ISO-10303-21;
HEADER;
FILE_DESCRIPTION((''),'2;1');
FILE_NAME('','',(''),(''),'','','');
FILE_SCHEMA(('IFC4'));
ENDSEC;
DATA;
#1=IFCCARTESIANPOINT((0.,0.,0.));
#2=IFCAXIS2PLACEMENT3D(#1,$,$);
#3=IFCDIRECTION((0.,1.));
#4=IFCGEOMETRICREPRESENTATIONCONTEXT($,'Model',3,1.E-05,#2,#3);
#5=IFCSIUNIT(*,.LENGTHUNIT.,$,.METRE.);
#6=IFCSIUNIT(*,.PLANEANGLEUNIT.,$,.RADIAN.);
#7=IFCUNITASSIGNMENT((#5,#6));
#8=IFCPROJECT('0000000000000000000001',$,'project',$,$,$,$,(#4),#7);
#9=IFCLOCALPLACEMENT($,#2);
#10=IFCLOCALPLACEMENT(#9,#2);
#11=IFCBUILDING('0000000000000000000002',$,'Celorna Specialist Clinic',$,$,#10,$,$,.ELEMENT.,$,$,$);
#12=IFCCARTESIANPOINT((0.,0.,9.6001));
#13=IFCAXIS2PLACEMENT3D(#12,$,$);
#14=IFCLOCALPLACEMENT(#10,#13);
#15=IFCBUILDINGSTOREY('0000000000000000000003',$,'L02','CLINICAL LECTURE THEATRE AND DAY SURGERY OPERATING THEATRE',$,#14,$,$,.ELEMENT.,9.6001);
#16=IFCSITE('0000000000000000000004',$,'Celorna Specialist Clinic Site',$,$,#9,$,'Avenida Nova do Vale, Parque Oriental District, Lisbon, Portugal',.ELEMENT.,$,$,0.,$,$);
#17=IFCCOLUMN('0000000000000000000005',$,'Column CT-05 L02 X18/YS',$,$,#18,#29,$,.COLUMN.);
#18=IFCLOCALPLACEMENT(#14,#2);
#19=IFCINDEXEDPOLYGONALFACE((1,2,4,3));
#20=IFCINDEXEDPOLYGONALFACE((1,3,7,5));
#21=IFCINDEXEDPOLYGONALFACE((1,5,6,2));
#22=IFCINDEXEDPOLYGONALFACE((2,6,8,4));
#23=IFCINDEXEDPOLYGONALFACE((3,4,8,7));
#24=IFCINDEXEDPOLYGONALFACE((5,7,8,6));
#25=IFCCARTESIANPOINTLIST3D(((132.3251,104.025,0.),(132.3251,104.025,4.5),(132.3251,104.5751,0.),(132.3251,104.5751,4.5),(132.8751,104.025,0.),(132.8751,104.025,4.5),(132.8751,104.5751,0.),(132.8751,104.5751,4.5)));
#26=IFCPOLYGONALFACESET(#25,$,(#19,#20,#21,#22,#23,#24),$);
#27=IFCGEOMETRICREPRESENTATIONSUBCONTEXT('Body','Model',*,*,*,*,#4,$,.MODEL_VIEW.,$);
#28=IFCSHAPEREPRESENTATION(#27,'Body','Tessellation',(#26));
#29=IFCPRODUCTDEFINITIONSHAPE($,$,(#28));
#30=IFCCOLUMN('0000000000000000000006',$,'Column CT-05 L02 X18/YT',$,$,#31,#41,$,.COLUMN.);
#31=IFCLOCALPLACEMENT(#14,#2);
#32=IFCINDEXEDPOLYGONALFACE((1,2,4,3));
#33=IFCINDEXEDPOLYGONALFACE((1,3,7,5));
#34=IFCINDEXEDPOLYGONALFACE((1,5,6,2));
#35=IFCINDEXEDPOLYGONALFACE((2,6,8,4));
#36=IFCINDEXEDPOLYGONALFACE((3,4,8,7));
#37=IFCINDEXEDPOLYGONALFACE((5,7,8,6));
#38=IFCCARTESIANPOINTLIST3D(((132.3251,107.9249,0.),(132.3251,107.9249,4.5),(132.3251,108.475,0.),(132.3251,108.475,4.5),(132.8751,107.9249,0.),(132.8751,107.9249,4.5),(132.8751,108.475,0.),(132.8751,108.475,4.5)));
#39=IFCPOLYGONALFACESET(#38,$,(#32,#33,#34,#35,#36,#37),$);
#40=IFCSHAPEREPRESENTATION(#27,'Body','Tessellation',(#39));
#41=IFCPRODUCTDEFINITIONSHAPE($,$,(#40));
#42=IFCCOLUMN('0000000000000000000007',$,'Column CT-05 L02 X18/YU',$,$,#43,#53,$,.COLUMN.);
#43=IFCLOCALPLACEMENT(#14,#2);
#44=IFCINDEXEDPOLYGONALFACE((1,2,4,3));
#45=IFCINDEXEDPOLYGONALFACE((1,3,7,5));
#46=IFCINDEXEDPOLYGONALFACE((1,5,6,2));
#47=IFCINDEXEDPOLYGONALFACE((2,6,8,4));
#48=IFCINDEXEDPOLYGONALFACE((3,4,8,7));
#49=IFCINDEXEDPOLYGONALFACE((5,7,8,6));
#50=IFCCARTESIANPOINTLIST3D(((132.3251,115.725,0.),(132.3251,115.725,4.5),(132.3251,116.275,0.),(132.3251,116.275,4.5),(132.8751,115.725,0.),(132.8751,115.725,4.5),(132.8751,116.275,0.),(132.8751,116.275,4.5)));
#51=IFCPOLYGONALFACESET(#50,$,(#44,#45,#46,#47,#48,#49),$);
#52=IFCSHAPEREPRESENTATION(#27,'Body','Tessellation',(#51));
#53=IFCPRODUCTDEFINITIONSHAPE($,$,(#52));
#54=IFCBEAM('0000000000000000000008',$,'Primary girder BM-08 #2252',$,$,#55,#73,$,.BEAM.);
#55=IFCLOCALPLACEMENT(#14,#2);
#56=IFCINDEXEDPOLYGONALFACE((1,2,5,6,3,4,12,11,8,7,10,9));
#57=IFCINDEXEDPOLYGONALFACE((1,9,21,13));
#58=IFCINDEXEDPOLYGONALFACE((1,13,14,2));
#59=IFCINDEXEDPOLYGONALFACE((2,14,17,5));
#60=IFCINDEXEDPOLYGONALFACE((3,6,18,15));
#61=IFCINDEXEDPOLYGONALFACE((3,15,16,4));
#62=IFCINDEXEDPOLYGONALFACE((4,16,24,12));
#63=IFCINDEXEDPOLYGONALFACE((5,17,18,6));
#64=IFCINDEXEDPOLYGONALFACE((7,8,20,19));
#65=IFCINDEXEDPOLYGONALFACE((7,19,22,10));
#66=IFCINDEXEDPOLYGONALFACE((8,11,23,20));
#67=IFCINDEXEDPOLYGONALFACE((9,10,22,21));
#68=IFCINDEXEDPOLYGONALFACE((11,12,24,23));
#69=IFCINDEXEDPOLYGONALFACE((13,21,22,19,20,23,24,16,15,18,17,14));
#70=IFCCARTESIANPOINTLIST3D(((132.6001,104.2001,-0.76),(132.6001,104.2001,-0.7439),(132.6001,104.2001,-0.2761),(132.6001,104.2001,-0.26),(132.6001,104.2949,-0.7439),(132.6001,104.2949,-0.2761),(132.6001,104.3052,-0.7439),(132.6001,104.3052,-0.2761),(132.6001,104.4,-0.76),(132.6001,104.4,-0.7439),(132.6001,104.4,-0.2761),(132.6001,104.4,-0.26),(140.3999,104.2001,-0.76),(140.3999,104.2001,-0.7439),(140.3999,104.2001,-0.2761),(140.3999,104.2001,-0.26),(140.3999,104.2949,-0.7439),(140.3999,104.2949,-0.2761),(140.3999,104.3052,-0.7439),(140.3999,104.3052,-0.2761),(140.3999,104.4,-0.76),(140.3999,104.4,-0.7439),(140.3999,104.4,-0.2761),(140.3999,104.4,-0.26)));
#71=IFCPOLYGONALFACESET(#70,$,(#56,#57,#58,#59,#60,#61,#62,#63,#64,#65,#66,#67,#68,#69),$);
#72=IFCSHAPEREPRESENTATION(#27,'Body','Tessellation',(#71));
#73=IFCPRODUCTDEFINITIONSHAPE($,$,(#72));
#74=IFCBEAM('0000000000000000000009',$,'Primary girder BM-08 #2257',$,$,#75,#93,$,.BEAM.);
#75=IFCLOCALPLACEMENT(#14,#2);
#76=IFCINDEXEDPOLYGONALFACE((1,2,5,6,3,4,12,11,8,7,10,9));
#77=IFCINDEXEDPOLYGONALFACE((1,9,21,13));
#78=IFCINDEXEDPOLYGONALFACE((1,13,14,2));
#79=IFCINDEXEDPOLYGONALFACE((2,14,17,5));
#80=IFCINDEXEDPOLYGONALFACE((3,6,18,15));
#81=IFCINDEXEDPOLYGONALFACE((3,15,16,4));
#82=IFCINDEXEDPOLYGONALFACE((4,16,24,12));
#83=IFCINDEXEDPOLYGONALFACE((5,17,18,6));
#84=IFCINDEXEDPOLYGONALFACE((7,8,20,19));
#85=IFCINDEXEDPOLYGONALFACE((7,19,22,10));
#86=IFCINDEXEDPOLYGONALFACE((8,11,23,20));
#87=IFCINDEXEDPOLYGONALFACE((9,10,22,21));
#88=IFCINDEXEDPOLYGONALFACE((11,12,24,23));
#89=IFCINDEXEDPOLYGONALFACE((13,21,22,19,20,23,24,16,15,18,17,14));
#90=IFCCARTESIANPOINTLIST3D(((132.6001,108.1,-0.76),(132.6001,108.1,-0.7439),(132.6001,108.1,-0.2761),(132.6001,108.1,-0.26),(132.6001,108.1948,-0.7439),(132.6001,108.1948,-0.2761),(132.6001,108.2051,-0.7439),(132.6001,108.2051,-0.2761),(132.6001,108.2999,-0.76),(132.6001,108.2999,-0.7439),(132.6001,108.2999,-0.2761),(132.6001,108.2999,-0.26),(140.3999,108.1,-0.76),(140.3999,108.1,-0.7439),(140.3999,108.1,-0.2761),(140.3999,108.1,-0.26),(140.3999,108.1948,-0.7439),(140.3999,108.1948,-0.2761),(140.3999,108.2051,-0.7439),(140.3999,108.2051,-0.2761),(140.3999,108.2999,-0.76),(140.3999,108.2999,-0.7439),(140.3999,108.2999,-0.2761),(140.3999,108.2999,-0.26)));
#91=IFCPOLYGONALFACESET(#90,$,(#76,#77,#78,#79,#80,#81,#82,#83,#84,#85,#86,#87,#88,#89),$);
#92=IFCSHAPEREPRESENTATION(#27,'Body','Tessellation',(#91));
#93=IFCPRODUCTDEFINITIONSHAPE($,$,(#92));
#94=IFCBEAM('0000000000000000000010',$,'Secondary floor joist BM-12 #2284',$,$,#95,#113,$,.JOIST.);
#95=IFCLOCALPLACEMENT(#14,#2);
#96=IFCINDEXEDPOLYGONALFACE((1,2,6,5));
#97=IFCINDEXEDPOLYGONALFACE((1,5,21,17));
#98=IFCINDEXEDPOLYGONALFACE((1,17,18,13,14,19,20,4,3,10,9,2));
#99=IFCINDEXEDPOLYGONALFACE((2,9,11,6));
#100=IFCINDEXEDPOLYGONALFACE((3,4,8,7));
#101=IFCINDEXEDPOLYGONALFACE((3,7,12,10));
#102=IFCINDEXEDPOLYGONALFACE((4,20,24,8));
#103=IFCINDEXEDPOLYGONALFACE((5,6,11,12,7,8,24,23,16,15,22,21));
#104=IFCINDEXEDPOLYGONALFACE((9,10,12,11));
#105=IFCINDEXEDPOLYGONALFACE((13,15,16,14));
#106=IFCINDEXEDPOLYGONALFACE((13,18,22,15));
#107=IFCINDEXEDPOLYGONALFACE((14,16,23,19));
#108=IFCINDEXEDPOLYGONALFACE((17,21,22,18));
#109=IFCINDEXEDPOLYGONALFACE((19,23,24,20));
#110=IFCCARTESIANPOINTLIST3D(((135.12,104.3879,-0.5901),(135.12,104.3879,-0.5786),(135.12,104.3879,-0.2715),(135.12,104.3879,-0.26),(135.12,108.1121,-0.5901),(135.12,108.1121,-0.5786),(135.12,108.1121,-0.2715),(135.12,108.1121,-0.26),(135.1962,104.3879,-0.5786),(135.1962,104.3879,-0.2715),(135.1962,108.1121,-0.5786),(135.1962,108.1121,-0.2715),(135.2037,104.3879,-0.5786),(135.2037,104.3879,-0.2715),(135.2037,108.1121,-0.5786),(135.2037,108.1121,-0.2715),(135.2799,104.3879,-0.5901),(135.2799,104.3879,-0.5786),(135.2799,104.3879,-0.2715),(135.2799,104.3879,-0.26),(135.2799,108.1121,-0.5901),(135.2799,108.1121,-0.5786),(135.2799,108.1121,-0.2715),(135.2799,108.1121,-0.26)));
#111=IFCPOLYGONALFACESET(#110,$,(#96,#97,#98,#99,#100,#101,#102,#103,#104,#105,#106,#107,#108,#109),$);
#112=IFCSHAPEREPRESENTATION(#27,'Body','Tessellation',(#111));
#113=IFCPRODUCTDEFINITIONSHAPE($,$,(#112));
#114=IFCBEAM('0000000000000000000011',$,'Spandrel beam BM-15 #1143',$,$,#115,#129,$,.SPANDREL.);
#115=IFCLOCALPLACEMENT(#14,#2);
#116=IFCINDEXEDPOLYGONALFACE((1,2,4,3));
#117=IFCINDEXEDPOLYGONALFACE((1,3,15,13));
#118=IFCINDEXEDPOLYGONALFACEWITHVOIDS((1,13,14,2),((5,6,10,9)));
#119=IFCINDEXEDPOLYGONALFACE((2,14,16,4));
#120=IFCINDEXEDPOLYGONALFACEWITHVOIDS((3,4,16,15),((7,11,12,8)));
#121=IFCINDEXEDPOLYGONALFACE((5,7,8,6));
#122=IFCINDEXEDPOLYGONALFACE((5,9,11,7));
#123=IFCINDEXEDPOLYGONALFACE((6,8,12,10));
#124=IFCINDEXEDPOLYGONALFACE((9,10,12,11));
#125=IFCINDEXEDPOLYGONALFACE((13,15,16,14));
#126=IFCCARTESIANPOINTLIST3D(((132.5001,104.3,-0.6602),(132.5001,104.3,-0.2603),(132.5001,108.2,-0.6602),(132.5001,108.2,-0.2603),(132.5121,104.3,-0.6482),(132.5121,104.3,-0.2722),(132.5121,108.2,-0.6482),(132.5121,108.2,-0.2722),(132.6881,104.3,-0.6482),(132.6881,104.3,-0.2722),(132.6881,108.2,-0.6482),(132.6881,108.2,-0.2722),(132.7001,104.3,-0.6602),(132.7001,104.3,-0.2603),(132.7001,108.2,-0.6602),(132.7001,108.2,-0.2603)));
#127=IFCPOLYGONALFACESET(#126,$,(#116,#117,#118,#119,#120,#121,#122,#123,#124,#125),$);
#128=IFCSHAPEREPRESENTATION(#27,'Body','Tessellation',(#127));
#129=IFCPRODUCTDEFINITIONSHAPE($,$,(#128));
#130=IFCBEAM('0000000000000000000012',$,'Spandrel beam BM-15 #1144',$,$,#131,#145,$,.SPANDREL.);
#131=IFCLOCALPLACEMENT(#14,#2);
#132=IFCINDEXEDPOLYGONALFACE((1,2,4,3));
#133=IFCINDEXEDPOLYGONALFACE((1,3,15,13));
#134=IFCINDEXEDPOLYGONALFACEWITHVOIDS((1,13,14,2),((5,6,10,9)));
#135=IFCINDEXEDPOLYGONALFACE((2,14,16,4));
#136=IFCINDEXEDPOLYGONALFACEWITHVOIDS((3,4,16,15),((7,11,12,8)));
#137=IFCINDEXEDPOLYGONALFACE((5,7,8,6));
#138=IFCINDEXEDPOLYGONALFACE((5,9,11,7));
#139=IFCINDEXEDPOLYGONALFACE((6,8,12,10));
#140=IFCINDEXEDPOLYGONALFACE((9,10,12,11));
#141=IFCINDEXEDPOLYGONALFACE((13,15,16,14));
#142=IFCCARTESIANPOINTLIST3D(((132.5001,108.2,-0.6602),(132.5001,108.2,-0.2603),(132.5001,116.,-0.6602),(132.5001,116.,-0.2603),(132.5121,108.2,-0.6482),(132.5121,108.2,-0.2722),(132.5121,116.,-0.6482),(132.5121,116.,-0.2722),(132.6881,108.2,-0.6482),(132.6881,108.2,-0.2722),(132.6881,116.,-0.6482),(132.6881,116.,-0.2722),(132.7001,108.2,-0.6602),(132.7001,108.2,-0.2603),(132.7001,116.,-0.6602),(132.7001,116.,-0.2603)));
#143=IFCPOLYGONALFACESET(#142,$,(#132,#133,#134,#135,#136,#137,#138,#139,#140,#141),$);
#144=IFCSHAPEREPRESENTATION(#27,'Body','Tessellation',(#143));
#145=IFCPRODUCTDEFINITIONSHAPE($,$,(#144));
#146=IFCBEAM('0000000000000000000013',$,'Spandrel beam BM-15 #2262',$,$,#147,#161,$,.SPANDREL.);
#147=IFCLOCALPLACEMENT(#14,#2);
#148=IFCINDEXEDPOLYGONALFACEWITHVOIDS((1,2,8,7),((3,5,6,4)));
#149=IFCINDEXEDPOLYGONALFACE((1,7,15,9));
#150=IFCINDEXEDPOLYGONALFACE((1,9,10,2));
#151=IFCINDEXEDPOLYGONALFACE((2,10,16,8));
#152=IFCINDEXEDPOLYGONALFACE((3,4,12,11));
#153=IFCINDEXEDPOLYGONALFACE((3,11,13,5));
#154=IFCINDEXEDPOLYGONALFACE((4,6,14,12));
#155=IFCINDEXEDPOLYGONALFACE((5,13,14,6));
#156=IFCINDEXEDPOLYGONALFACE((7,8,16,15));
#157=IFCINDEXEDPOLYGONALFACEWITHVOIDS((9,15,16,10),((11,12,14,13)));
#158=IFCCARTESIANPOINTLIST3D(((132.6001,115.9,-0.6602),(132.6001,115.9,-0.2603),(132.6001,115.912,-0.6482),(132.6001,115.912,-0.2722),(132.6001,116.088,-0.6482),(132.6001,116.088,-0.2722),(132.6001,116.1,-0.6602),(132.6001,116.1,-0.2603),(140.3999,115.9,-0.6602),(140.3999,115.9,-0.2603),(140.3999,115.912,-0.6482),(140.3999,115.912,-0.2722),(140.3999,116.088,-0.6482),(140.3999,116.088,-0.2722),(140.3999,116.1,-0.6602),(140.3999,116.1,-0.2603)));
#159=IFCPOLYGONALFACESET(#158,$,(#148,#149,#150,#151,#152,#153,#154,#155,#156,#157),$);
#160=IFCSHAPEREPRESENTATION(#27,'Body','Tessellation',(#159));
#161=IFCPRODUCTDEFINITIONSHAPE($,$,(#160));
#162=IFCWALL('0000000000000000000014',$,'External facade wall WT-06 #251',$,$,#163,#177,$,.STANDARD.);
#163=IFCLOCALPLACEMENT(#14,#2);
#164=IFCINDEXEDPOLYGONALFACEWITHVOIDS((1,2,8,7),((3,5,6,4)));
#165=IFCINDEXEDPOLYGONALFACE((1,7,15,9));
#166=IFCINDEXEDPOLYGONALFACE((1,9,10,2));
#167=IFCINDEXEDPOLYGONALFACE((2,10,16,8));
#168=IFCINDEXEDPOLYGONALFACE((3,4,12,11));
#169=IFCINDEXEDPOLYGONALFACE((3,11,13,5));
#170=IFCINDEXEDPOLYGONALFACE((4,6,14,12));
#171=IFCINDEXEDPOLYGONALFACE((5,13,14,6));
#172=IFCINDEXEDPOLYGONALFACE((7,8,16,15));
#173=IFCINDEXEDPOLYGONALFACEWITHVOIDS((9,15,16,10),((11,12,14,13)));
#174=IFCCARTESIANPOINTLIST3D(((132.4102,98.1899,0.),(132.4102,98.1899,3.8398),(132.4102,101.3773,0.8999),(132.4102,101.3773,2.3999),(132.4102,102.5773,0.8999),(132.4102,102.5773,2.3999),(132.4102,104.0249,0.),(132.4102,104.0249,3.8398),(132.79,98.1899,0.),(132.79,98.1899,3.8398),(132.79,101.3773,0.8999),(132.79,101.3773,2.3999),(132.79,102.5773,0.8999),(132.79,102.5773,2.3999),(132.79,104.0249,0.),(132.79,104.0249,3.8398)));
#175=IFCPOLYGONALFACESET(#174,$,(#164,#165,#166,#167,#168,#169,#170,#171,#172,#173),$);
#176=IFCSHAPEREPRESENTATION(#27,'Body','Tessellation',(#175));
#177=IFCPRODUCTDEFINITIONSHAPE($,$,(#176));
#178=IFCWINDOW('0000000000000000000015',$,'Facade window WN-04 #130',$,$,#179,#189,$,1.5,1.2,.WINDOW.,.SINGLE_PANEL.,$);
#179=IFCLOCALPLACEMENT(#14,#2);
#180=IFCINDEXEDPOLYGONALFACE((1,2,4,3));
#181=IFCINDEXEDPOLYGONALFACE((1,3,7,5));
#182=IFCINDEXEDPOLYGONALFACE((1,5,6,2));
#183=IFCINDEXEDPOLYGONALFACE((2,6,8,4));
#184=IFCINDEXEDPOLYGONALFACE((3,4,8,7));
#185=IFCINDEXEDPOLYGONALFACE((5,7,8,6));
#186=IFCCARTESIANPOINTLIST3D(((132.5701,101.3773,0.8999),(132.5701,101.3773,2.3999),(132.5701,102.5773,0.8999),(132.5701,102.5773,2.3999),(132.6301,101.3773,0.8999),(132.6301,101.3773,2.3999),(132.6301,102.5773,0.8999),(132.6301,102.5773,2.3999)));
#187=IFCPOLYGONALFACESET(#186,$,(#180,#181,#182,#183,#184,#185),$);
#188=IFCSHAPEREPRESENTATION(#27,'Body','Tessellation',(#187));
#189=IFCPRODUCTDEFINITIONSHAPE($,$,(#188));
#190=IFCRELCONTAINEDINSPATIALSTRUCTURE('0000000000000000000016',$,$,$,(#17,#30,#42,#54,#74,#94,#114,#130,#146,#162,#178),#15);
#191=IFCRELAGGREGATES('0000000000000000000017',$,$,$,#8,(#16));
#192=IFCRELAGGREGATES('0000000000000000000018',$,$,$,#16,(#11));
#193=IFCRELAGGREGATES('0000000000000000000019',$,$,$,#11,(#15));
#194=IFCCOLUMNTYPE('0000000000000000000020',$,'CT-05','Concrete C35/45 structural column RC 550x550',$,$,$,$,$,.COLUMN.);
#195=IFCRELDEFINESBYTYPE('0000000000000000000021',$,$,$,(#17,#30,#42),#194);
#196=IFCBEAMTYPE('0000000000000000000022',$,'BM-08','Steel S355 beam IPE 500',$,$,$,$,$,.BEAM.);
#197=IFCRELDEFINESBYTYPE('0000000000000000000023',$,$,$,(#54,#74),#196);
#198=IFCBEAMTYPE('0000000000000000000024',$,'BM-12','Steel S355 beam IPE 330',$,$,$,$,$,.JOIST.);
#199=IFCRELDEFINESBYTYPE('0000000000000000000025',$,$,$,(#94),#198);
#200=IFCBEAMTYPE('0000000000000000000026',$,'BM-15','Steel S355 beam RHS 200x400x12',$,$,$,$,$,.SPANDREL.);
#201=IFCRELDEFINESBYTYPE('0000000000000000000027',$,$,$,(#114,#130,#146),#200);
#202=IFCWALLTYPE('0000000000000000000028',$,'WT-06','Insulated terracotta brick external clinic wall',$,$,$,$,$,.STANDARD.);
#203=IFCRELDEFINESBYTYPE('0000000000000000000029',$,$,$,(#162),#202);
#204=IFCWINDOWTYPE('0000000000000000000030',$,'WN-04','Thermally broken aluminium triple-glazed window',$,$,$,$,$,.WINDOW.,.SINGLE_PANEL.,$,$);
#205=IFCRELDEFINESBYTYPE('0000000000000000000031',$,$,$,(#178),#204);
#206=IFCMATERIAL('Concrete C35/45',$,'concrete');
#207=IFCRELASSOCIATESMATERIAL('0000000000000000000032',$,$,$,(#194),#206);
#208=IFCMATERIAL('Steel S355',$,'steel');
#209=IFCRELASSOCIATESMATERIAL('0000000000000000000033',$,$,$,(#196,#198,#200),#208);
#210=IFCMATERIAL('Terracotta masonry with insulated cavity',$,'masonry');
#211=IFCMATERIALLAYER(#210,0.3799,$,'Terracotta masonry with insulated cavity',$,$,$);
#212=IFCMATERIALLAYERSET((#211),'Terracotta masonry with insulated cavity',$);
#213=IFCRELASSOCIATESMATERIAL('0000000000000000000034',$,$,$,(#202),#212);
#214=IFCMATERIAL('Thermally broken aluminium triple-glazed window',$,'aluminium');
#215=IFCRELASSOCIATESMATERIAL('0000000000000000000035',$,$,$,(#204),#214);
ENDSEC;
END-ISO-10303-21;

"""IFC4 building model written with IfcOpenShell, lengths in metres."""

from ifc_helpers import new_model, si_unit, direction, frame, frame_2d, origin, origin_2d, place, context, subcontext, project, spatial, rectangle, hollow_rectangle, i_section, extrude, material, layer, layer_set, material_profile, profile_set, type_object, element, fill, save


model = new_model("IFC4")

# Units and contexts
model_context = context("Model", 3, precision=1e-05, world=origin(), true_north=direction((0.0, 1.0)))
body_context = subcontext(model_context, "Body", "Model", "MODEL_VIEW")
ifc_project = project(units=[si_unit("LENGTHUNIT", "METRE"), si_unit("PLANEANGLEUNIT", "RADIAN")], contexts=[model_context])

# Site, building, storey
site_placement = place(None, origin())
site = spatial("IfcSite", under=ifc_project, at=site_placement, Name="Celorna Specialist Clinic Site", LongName="Avenida Nova do Vale, Parque Oriental District, Lisbon, Portugal", CompositionType="ELEMENT", RefElevation=0.0)
building_placement = place(site_placement, origin())
building = spatial("IfcBuilding", under=site, at=building_placement, Name="Celorna Specialist Clinic", CompositionType="ELEMENT")
storey_placement = place(building_placement, frame((0.0, 0.0, 9.6001)))
storey = spatial("IfcBuildingStorey", under=building, at=storey_placement, Name="L02", Description="CLINICAL LECTURE THEATRE AND DAY SURGERY OPERATING THEATRE", CompositionType="ELEMENT", Elevation=9.6001)

# Columns
ifc_material_1 = material(Name="Concrete C35/45", Category="concrete")
ifc_material_profile_1 = material_profile(ifc_material_1, rectangle(XDim=0.55, YDim=0.55, at=origin_2d()), Name="RC 550x550")
ifc_profile_set_1 = profile_set([ifc_material_profile_1], Name="Concrete C35/45")
column_type = type_object("IfcColumnType", Name="CT-05", Description="Concrete C35/45 structural column RC 550x550", PredefinedType="COLUMN", material=ifc_profile_set_1)
for number, where, z_axis, x_axis, name in (
    (1, (132.6001, 104.3, 0.0), (0.0, 0.0, 1.0), (1.0, 0.0, 0.0), "Column CT-05 L02 X18/YS"),
    (2, (132.6001, 108.2, 0.0), (0.0, 0.0, 1.0), (1.0, 0.0, 0.0), "Column CT-05 L02 X18/YT"),
    (3, (132.6001, 116.0, 0.0), (0.0, 0.0, 1.0), (1.0, 0.0, 0.0), "Column CT-05 L02 X18/YU"),
):
    element("IfcColumn", number, at=place(storey_placement, frame(where, z_axis=z_axis, x_axis=x_axis)), inside=storey, type_object=column_type, Name=name, PredefinedType="COLUMN", context=body_context, shape_type="SweptSolid", body=[
        extrude(rectangle(XDim=0.55, YDim=0.55, at=origin_2d()), origin(), (0.0, 0.0, 1.0), 4.5),
    ])

# Beams
ifc_material_2 = material(Name="Steel S355", Category="steel")
ifc_material_profile_2 = material_profile(ifc_material_2, i_section(OverallWidth=0.2, OverallDepth=0.5, WebThickness=0.0103, FlangeThickness=0.0161, at=origin_2d()), Name="IPE 500")
ifc_profile_set_2 = profile_set([ifc_material_profile_2], Name="Steel S355")
beam_type_1 = type_object("IfcBeamType", Name="BM-08", Description="Steel S355 beam IPE 500", PredefinedType="BEAM", material=ifc_profile_set_2)
for number, where, z_axis, x_axis, name in (
    (4, (132.6001, 104.3, -0.51), (1.0, 0.0, 0.0), (0.0, 1.0, 0.0), "Primary girder BM-08 #2252"),
    (5, (132.6001, 108.2, -0.51), (1.0, 0.0, 0.0), (0.0, 1.0, 0.0), "Primary girder BM-08 #2257"),
):
    element("IfcBeam", number, at=place(storey_placement, frame(where, z_axis=z_axis, x_axis=x_axis)), inside=storey, type_object=beam_type_1, Name=name, PredefinedType="BEAM", context=body_context, shape_type="SweptSolid", body=[
        extrude(i_section(OverallWidth=0.2, OverallDepth=0.5, WebThickness=0.0103, FlangeThickness=0.0161, at=origin_2d()), origin(), (0.0, 0.0, 1.0), 7.7998),
    ])
ifc_material_profile_3 = material_profile(ifc_material_2, i_section(OverallWidth=0.1599, OverallDepth=0.3301, WebThickness=0.0076, FlangeThickness=0.0115, at=origin_2d()), Name="IPE 330")
ifc_profile_set_3 = profile_set([ifc_material_profile_3], Name="Steel S355")
beam_type_2 = type_object("IfcBeamType", Name="BM-12", Description="Steel S355 beam IPE 330", PredefinedType="JOIST", material=ifc_profile_set_3)
beam_1_placement = place(storey_placement, frame((135.2, 104.3879, -0.425), z_axis=(0.0, 1.0, 0.0), x_axis=(-1.0, 0.0, 0.0)))
element("IfcBeam", 6, at=beam_1_placement, inside=storey, type_object=beam_type_2, Name="Secondary floor joist BM-12 #2284", PredefinedType="JOIST", context=body_context, shape_type="SweptSolid", body=[
    extrude(i_section(OverallWidth=0.1599, OverallDepth=0.3301, WebThickness=0.0076, FlangeThickness=0.0115, at=origin_2d()), origin(), (0.0, 0.0, 1.0), 3.7241),
])
ifc_material_profile_4 = material_profile(ifc_material_2, hollow_rectangle(XDim=0.2, YDim=0.3999, WallThickness=0.012, at=origin_2d()), Name="RHS 200x400x12")
ifc_profile_set_4 = profile_set([ifc_material_profile_4], Name="Steel S355")
beam_type_3 = type_object("IfcBeamType", Name="BM-15", Description="Steel S355 beam RHS 200x400x12", PredefinedType="SPANDREL", material=ifc_profile_set_4)
beam_2_placement = place(storey_placement, frame((132.6001, 104.3, -0.4602), z_axis=(0.0, 1.0, 0.0), x_axis=(-1.0, 0.0, 0.0)))
element("IfcBeam", 7, at=beam_2_placement, inside=storey, type_object=beam_type_3, Name="Spandrel beam BM-15 #1143", PredefinedType="SPANDREL", context=body_context, shape_type="SweptSolid", body=[
    extrude(hollow_rectangle(XDim=0.2, YDim=0.3999, WallThickness=0.012, at=origin_2d()), origin(), (0.0, 0.0, 1.0), 3.8999),
])
beam_3_placement = place(storey_placement, frame((132.6001, 108.2, -0.4602), z_axis=(0.0, 1.0, 0.0), x_axis=(-1.0, 0.0, 0.0)))
element("IfcBeam", 8, at=beam_3_placement, inside=storey, type_object=beam_type_3, Name="Spandrel beam BM-15 #1144", PredefinedType="SPANDREL", context=body_context, shape_type="SweptSolid", body=[
    extrude(hollow_rectangle(XDim=0.2, YDim=0.3999, WallThickness=0.012, at=origin_2d()), origin(), (0.0, 0.0, 1.0), 7.8),
])
beam_4_placement = place(storey_placement, frame((132.6001, 116.0, -0.4602), z_axis=(1.0, 0.0, 0.0), x_axis=(0.0, 1.0, 0.0)))
element("IfcBeam", 9, at=beam_4_placement, inside=storey, type_object=beam_type_3, Name="Spandrel beam BM-15 #2262", PredefinedType="SPANDREL", context=body_context, shape_type="SweptSolid", body=[
    extrude(hollow_rectangle(XDim=0.2, YDim=0.3999, WallThickness=0.012, at=origin_2d()), origin(), (0.0, 0.0, 1.0), 7.7998),
])

# Wall, opening, window
ifc_material_3 = material(Name="Terracotta masonry with insulated cavity", Category="masonry")
ifc_layer_1 = layer(ifc_material_3, 0.3799, Name="Terracotta masonry with insulated cavity")
ifc_layer_set_1 = layer_set([ifc_layer_1], Name="Terracotta masonry with insulated cavity")
wall_type_1 = type_object("IfcWallType", Name="WT-06", Description="Insulated terracotta brick external clinic wall", PredefinedType="STANDARD", material=ifc_layer_set_1)
wall_1_placement = place(storey_placement, frame((132.6001, 104.0249, 0.0), z_axis=(0.0, 0.0, 1.0), x_axis=(0.0, -1.0, 0.0)))
wall_1 = element("IfcWall", 10, at=wall_1_placement, inside=storey, type_object=wall_type_1, Name="External facade wall WT-06 #251", PredefinedType="STANDARD", context=body_context, shape_type="SweptSolid", body=[
    extrude(rectangle(XDim=5.835, YDim=0.3799, at=frame_2d((2.9175, 0.0))), origin(), (0.0, 0.0, 1.0), 3.8398),
])
opening_1_placement = place(wall_1_placement, frame((1.4475, 0.0, 0.8999)))
opening_1 = element("IfcOpeningElement", 11, at=opening_1_placement, cuts=wall_1, PredefinedType="OPENING", context=body_context, shape_type="SweptSolid", body=[
    extrude(rectangle(XDim=1.2, YDim=1.5, at=frame_2d((0.6001, 0.75))), frame((0.0, 0.2, 0.0), z_axis=(0.0, -1.0, 0.0), x_axis=(1.0, 0.0, 0.0)), (0.0, 0.0, 1.0), 0.3999),
])
ifc_material_4 = material(Name="Thermally broken aluminium triple-glazed window", Category="aluminium")
window_type_1 = type_object("IfcWindowType", Name="WN-04", Description="Thermally broken aluminium triple-glazed window", PartitioningType="SINGLE_PANEL", PredefinedType="WINDOW", material=ifc_material_4)
window_1_placement = place(opening_1_placement, origin())
window_1 = element("IfcWindow", 12, at=window_1_placement, inside=storey, type_object=window_type_1, Name="Facade window WN-04 #130", OverallHeight=1.5, OverallWidth=1.2, PartitioningType="SINGLE_PANEL", PredefinedType="WINDOW", context=body_context, shape_type="SweptSolid", body=[
    extrude(rectangle(XDim=1.2, YDim=1.5, at=frame_2d((0.6001, 0.75))), frame((0.0, 0.03, 0.0), z_axis=(0.0, -1.0, 0.0), x_axis=(1.0, 0.0, 0.0)), (0.0, 0.0, 1.0), 0.0601),
])
fill(opening_1, window_1)

save(model, "model.ifc")
